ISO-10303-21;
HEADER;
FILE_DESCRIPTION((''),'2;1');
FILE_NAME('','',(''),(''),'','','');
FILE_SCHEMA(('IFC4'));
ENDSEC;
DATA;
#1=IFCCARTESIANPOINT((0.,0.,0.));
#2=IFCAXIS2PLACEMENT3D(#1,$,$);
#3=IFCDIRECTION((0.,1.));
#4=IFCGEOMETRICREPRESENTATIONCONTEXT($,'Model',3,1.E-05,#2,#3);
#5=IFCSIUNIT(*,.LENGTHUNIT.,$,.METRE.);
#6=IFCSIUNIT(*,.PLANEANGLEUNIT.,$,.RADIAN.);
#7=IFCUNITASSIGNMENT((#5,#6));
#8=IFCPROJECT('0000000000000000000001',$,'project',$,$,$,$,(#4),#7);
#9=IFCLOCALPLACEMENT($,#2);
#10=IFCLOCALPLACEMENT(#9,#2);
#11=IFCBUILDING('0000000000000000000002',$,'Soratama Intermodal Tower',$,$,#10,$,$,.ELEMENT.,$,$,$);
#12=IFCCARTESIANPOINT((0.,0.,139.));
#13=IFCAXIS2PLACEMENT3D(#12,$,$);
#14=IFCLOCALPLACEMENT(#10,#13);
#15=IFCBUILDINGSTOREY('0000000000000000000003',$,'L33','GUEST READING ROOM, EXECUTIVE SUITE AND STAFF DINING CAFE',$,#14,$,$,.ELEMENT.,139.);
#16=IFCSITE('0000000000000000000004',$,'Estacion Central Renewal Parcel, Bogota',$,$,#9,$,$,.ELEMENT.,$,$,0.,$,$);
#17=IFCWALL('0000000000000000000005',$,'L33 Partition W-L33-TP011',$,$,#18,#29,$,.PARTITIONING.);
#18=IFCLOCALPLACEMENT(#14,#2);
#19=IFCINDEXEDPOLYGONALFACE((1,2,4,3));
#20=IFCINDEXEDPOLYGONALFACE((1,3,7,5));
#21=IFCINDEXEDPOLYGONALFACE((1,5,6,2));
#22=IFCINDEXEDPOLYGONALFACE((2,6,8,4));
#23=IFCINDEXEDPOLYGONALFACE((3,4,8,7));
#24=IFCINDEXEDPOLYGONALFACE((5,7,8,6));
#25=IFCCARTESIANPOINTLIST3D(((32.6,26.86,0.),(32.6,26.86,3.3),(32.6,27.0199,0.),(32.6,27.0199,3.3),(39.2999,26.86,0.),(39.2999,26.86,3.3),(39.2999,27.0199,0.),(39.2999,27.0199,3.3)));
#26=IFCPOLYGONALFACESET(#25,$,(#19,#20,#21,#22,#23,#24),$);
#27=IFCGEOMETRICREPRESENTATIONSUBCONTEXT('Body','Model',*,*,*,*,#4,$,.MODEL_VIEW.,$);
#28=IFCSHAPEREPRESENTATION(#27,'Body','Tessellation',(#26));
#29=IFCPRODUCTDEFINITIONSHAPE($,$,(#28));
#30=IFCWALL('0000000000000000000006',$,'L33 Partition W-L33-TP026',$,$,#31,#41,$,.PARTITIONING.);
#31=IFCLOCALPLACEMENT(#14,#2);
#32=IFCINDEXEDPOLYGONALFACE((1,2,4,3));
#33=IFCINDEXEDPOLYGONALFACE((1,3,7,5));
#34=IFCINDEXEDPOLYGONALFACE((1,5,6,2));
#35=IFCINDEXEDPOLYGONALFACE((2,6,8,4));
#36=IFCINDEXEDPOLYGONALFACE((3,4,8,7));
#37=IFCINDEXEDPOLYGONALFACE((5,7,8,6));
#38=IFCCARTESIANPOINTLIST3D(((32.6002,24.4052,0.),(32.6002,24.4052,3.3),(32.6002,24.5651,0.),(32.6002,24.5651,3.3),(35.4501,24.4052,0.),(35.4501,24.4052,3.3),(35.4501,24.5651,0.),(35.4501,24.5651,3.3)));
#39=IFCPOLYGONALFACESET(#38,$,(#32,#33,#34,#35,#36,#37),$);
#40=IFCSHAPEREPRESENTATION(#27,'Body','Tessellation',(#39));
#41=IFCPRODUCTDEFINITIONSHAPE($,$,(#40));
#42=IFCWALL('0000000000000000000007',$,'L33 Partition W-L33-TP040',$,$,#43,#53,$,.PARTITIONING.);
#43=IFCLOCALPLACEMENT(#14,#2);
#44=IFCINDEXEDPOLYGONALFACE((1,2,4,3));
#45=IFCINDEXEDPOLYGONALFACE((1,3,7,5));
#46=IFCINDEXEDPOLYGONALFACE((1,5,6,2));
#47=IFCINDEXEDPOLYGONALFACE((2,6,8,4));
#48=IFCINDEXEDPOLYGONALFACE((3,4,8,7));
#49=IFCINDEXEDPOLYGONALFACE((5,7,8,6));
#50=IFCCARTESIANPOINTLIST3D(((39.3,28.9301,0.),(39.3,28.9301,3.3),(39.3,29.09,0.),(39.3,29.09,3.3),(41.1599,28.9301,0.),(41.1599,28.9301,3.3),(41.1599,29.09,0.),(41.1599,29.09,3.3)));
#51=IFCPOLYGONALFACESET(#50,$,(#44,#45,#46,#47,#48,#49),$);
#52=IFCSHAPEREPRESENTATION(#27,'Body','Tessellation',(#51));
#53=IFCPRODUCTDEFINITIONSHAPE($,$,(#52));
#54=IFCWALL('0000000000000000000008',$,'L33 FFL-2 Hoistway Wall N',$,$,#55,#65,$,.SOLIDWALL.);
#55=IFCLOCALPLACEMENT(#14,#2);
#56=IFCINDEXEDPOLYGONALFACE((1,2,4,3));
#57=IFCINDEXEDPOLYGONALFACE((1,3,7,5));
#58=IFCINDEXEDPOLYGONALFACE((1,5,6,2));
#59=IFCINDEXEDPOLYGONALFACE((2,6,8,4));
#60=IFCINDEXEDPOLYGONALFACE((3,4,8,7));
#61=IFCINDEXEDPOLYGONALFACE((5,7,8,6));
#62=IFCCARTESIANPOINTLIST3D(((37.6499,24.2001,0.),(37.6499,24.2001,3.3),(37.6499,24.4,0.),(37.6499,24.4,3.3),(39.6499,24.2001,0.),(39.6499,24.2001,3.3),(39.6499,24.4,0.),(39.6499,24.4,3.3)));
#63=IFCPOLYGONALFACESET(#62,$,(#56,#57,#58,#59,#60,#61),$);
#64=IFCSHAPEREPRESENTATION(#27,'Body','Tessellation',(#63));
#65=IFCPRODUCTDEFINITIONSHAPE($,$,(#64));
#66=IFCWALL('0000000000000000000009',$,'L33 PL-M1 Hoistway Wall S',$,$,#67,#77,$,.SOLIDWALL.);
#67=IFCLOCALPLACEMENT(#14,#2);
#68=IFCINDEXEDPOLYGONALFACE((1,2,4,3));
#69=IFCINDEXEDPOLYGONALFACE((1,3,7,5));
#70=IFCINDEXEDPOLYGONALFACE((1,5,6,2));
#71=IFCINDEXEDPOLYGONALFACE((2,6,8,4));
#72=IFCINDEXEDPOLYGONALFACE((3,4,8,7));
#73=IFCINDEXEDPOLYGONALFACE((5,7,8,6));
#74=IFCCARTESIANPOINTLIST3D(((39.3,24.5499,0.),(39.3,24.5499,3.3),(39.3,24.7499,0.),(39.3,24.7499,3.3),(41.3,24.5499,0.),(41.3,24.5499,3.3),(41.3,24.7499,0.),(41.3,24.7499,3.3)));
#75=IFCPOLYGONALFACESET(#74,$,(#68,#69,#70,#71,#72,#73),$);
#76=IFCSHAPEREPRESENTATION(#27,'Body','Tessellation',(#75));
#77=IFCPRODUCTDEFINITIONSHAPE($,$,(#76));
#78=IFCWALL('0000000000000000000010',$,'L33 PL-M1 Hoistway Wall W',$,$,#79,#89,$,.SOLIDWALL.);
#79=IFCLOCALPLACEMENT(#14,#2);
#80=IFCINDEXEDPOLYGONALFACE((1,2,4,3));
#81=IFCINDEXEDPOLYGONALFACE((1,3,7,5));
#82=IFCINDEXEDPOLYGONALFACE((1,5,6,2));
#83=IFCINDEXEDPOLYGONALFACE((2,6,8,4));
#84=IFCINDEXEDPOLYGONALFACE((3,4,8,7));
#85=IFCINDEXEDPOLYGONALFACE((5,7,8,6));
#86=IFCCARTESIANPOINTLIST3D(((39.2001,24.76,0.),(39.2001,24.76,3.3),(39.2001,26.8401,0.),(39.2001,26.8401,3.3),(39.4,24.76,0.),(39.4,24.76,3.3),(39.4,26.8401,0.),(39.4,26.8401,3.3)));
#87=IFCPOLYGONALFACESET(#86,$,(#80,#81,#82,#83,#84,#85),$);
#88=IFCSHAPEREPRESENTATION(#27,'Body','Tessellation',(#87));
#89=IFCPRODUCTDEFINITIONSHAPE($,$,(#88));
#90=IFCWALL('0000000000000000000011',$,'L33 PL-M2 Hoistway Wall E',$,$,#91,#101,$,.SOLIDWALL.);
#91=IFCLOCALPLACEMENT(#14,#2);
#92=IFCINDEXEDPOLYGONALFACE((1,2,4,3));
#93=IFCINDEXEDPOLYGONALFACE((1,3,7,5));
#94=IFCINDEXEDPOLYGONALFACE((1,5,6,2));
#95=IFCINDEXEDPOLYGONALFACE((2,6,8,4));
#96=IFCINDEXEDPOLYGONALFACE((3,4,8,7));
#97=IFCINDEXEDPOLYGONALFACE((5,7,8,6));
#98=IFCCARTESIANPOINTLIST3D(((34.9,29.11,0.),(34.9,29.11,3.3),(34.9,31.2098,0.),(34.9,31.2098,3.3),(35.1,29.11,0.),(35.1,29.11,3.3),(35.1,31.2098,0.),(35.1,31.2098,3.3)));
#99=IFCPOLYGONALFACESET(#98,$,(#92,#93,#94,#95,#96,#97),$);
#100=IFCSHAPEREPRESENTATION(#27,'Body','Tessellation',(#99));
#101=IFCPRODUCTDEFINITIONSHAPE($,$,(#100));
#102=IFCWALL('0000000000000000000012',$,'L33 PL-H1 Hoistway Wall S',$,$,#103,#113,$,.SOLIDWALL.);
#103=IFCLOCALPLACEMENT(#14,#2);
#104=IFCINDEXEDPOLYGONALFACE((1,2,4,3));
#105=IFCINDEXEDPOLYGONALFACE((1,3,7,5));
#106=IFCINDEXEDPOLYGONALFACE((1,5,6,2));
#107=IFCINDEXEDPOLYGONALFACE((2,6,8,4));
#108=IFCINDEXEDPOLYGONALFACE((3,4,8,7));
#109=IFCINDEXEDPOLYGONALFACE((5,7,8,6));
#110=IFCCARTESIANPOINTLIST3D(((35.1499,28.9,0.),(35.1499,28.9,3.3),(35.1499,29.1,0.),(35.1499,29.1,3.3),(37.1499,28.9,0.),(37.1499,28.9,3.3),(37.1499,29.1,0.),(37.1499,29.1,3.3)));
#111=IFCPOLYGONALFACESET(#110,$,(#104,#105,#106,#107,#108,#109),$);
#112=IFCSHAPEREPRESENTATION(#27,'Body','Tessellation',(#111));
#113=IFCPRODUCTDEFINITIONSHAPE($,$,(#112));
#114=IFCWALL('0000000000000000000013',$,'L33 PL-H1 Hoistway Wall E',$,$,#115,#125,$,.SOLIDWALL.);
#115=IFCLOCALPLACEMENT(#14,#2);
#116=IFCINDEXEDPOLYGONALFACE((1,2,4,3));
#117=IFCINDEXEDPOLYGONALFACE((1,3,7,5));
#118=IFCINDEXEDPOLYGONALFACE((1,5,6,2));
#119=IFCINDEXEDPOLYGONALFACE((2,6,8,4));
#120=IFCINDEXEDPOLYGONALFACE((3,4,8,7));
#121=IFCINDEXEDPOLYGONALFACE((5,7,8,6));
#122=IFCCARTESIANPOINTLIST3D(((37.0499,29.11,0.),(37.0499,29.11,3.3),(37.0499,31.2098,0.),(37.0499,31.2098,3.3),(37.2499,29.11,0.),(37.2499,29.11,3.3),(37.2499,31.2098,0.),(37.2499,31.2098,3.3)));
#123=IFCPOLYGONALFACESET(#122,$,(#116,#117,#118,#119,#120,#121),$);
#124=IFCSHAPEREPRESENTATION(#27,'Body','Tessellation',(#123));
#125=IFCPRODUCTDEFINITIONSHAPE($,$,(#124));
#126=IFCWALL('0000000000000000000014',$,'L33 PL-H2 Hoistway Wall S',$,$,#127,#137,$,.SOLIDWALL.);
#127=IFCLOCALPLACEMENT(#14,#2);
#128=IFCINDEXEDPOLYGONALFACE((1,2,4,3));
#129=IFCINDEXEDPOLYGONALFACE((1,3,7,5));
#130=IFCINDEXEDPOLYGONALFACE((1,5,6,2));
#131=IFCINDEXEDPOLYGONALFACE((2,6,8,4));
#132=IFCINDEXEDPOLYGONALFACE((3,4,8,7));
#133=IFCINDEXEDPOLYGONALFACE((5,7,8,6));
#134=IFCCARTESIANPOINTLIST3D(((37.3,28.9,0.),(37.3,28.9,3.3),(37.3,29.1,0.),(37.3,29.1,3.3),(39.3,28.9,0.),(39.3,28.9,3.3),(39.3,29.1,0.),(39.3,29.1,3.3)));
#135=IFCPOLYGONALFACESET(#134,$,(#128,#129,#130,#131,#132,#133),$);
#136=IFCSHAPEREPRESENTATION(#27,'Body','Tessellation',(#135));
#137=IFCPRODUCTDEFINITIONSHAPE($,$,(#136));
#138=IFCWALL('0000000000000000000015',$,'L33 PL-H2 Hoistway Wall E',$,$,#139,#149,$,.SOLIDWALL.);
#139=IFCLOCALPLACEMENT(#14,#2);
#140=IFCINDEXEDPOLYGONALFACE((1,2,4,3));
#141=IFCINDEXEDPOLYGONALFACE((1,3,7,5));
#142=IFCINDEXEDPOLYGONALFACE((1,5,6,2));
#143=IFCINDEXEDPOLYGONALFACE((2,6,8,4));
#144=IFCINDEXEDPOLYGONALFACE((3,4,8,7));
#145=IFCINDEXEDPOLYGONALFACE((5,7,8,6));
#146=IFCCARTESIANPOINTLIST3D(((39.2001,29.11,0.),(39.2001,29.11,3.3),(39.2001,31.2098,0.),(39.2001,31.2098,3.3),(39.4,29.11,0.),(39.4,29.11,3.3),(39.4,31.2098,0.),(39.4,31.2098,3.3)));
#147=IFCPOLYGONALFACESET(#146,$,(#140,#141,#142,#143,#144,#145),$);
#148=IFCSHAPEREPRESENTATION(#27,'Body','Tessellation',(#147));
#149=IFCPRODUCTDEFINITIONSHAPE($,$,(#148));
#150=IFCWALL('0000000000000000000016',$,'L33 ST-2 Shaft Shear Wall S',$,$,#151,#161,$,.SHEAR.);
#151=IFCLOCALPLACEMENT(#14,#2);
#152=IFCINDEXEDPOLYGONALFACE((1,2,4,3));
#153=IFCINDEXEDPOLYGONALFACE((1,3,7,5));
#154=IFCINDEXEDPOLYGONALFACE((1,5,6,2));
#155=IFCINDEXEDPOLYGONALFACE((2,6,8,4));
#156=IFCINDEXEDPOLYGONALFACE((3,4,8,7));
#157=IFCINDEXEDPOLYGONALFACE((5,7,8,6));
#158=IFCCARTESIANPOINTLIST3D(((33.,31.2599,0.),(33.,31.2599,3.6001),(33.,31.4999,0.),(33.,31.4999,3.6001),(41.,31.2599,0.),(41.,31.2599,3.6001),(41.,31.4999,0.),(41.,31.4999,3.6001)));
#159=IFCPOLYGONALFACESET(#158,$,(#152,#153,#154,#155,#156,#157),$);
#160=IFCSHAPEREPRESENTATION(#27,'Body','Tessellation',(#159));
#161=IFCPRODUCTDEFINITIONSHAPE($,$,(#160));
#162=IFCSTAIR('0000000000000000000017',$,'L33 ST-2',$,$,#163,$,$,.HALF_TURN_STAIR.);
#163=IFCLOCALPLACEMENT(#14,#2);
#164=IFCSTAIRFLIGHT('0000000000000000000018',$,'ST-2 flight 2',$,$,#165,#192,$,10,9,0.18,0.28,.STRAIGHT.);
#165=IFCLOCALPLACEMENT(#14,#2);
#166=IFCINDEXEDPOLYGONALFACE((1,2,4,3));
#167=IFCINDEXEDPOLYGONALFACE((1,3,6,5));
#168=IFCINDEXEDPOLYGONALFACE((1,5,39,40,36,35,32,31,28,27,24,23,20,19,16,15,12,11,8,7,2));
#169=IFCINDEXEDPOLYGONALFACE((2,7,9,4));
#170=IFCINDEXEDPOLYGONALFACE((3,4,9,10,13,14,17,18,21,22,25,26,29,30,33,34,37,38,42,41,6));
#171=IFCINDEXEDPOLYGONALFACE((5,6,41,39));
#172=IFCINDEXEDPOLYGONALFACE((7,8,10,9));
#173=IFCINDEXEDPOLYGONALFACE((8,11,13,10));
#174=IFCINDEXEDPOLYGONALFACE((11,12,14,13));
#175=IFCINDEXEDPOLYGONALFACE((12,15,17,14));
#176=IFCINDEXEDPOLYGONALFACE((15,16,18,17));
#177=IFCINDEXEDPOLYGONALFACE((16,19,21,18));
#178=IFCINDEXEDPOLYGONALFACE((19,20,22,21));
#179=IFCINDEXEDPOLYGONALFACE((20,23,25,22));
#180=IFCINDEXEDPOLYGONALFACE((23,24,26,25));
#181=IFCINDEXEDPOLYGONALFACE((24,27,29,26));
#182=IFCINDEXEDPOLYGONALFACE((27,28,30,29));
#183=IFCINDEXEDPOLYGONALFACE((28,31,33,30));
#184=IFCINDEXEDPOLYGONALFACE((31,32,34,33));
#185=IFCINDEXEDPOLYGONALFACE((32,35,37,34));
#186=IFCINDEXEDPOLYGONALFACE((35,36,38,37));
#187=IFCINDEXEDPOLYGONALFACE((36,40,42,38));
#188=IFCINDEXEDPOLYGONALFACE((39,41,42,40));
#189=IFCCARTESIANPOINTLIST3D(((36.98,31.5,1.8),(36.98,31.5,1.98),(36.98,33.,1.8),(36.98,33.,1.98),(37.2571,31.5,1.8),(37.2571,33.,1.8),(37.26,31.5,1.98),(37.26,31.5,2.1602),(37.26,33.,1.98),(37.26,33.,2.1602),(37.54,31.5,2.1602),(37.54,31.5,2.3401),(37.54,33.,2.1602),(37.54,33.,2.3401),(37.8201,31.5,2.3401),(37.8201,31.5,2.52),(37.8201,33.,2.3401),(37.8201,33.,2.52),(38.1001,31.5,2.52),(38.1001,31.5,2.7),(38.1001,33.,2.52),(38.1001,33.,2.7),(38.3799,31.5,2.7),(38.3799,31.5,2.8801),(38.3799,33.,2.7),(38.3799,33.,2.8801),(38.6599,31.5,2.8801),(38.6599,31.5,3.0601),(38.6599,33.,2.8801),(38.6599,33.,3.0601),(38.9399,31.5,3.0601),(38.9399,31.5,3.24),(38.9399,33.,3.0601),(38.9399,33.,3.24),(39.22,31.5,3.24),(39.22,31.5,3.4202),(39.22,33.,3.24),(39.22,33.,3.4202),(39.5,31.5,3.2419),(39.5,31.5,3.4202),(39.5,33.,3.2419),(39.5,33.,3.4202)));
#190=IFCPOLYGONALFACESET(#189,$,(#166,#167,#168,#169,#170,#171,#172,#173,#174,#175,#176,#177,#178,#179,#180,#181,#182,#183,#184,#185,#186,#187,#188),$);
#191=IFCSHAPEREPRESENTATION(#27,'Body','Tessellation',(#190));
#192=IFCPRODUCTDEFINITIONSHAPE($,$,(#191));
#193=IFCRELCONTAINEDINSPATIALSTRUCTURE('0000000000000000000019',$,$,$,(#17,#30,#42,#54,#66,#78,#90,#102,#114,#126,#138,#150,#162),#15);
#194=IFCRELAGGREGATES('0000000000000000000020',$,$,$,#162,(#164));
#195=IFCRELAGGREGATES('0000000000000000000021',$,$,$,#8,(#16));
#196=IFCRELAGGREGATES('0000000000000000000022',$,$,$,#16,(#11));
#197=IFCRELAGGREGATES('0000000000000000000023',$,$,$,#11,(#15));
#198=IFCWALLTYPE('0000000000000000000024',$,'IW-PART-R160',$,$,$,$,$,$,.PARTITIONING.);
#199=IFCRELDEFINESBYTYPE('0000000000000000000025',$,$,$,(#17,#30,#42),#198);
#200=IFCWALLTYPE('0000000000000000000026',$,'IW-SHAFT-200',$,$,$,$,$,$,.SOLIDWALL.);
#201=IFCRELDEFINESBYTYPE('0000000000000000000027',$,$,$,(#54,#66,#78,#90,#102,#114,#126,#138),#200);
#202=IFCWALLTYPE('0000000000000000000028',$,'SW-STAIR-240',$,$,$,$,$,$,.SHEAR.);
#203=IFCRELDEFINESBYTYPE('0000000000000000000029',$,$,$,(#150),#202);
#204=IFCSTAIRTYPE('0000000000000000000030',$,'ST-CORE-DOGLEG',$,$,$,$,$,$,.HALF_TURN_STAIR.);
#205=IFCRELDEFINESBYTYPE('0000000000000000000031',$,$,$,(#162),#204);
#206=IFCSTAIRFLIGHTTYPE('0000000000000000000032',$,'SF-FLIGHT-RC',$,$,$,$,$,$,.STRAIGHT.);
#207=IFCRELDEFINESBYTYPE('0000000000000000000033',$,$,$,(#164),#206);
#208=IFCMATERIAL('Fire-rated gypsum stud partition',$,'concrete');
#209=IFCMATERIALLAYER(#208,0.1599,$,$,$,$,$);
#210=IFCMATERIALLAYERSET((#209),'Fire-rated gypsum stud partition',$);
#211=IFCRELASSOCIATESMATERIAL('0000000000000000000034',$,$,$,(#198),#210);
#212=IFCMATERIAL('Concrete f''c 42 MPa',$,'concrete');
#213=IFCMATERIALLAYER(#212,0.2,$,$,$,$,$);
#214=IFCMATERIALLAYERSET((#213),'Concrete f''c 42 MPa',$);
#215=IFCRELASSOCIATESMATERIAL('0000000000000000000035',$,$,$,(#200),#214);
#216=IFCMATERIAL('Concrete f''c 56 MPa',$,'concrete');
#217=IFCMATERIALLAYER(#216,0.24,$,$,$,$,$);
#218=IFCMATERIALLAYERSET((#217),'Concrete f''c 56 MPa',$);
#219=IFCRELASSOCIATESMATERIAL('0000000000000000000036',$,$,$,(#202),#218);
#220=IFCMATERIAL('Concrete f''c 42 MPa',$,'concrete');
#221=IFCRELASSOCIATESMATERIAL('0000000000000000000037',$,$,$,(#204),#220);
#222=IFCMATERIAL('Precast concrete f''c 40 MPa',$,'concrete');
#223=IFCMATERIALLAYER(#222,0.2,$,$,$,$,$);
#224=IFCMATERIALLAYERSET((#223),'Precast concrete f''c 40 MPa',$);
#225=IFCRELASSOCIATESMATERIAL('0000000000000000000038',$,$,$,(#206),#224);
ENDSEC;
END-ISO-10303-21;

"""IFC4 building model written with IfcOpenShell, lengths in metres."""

from ifc_helpers import new_model, si_unit, direction, frame, frame_2d, origin, place, context, subcontext, project, spatial, polyline, rectangle, outline, extrude, material, layer, layer_set, type_object, element, aggregate, save


model = new_model("IFC4")

# Units and contexts
model_context = context("Model", 3, precision=1e-05, world=origin(), true_north=direction((0.0, 1.0)))
body_context = subcontext(model_context, "Body", "Model", "MODEL_VIEW")
ifc_project = project(units=[si_unit("LENGTHUNIT", "METRE"), si_unit("PLANEANGLEUNIT", "RADIAN")], contexts=[model_context])

# Site, building, storey
site_placement = place(None, origin())
site = spatial("IfcSite", under=ifc_project, at=site_placement, Name="Estacion Central Renewal Parcel, Bogota", CompositionType="ELEMENT", RefElevation=0.0)
building_placement = place(site_placement, origin())
building = spatial("IfcBuilding", under=site, at=building_placement, Name="Soratama Intermodal Tower", CompositionType="ELEMENT")
storey_placement = place(building_placement, frame((0.0, 0.0, 139.0)))
storey = spatial("IfcBuildingStorey", under=building, at=storey_placement, Name="L33", Description="GUEST READING ROOM, EXECUTIVE SUITE AND STAFF DINING CAFE", CompositionType="ELEMENT", Elevation=139.0)

# Walls
ifc_material_1 = material(Name="Fire-rated gypsum stud partition", Category="concrete")
ifc_layer_1 = layer(ifc_material_1, 0.1599)
ifc_layer_set_1 = layer_set([ifc_layer_1], Name="Fire-rated gypsum stud partition")
wall_type_1 = type_object("IfcWallType", Name="IW-PART-R160", PredefinedType="PARTITIONING", material=ifc_layer_set_1)
wall_1_placement = place(storey_placement, frame((39.3, 26.9399, 0.0), z_axis=(0.0, 0.0, 1.0), x_axis=(-1.0, 0.0, 0.0)))
element("IfcWall", 1, at=wall_1_placement, inside=storey, type_object=wall_type_1, Name="L33 Partition W-L33-TP011", PredefinedType="PARTITIONING", context=body_context, shape_type="SweptSolid", body=[
    extrude(rectangle(XDim=6.7, YDim=0.1599, at=frame_2d((3.3501, 0.0))), origin(), (0.0, 0.0, 1.0), 3.3),
])
wall_2_placement = place(storey_placement, frame((35.45, 24.4851, 0.0), z_axis=(0.0, 0.0, 1.0), x_axis=(-1.0, 0.0, 0.0)))
element("IfcWall", 2, at=wall_2_placement, inside=storey, type_object=wall_type_1, Name="L33 Partition W-L33-TP026", PredefinedType="PARTITIONING", context=body_context, shape_type="SweptSolid", body=[
    extrude(rectangle(XDim=2.8499, YDim=0.1599, at=frame_2d((1.4248, 0.0))), origin(), (0.0, 0.0, 1.0), 3.3),
])
wall_3_placement = place(storey_placement, frame((39.3, 29.01, 0.0), z_axis=(0.0, 0.0, 1.0), x_axis=(1.0, 0.0, 0.0)))
element("IfcWall", 3, at=wall_3_placement, inside=storey, type_object=wall_type_1, Name="L33 Partition W-L33-TP040", PredefinedType="PARTITIONING", context=body_context, shape_type="SweptSolid", body=[
    extrude(rectangle(XDim=1.8599, YDim=0.1599, at=frame_2d((0.9299, 0.0))), origin(), (0.0, 0.0, 1.0), 3.3),
])
ifc_material_2 = material(Name="Concrete f'c 42 MPa", Category="concrete")
ifc_layer_2 = layer(ifc_material_2, 0.2)
ifc_layer_set_2 = layer_set([ifc_layer_2], Name="Concrete f'c 42 MPa")
wall_type_2 = type_object("IfcWallType", Name="IW-SHAFT-200", PredefinedType="SOLIDWALL", material=ifc_layer_set_2)
for number, where, z_axis, x_axis, name in (
    (4, (37.6499, 24.3, 0.0), (0.0, 0.0, 1.0), (1.0, 0.0, 0.0), "L33 FFL-2 Hoistway Wall N"),
    (5, (39.3, 24.6499, 0.0), (0.0, 0.0, 1.0), (1.0, 0.0, 0.0), "L33 PL-M1 Hoistway Wall S"),
):
    element("IfcWall", number, at=place(storey_placement, frame(where, z_axis=z_axis, x_axis=x_axis)), inside=storey, type_object=wall_type_2, Name=name, PredefinedType="SOLIDWALL", context=body_context, shape_type="SweptSolid", body=[
        extrude(rectangle(XDim=2.0, YDim=0.2, at=frame_2d((1.0, 0.0))), origin(), (0.0, 0.0, 1.0), 3.3),
    ])

# Walls
wall_4_placement = place(storey_placement, frame((39.3, 24.76, 0.0), z_axis=(0.0, 0.0, 1.0), x_axis=(0.0, 1.0, 0.0)))
element("IfcWall", 6, at=wall_4_placement, inside=storey, type_object=wall_type_2, Name="L33 PL-M1 Hoistway Wall W", PredefinedType="SOLIDWALL", context=body_context, shape_type="SweptSolid", body=[
    extrude(rectangle(XDim=2.0801, YDim=0.2, at=frame_2d((1.04, 0.0))), origin(), (0.0, 0.0, 1.0), 3.3),
])
wall_5_placement = place(storey_placement, frame((35.0, 29.1101, 0.0), z_axis=(0.0, 0.0, 1.0), x_axis=(0.0, 1.0, 0.0)))
element("IfcWall", 7, at=wall_5_placement, inside=storey, type_object=wall_type_2, Name="L33 PL-M2 Hoistway Wall E", PredefinedType="SOLIDWALL", context=body_context, shape_type="SweptSolid", body=[
    extrude(rectangle(XDim=2.0999, YDim=0.2, at=frame_2d((1.0498, 0.0))), origin(), (0.0, 0.0, 1.0), 3.3),
])
wall_6_placement = place(storey_placement, frame((35.1499, 29.0, 0.0), z_axis=(0.0, 0.0, 1.0), x_axis=(1.0, 0.0, 0.0)))
element("IfcWall", 8, at=wall_6_placement, inside=storey, type_object=wall_type_2, Name="L33 PL-H1 Hoistway Wall S", PredefinedType="SOLIDWALL", context=body_context, shape_type="SweptSolid", body=[
    extrude(rectangle(XDim=2.0, YDim=0.2, at=frame_2d((1.0, 0.0))), origin(), (0.0, 0.0, 1.0), 3.3),
])
wall_7_placement = place(storey_placement, frame((37.1499, 29.1101, 0.0), z_axis=(0.0, 0.0, 1.0), x_axis=(0.0, 1.0, 0.0)))
element("IfcWall", 9, at=wall_7_placement, inside=storey, type_object=wall_type_2, Name="L33 PL-H1 Hoistway Wall E", PredefinedType="SOLIDWALL", context=body_context, shape_type="SweptSolid", body=[
    extrude(rectangle(XDim=2.0999, YDim=0.2, at=frame_2d((1.0498, 0.0))), origin(), (0.0, 0.0, 1.0), 3.3),
])
wall_8_placement = place(storey_placement, frame((37.3, 29.0, 0.0), z_axis=(0.0, 0.0, 1.0), x_axis=(1.0, 0.0, 0.0)))
element("IfcWall", 10, at=wall_8_placement, inside=storey, type_object=wall_type_2, Name="L33 PL-H2 Hoistway Wall S", PredefinedType="SOLIDWALL", context=body_context, shape_type="SweptSolid", body=[
    extrude(rectangle(XDim=2.0, YDim=0.2, at=frame_2d((1.0, 0.0))), origin(), (0.0, 0.0, 1.0), 3.3),
])
wall_9_placement = place(storey_placement, frame((39.3, 29.1101, 0.0), z_axis=(0.0, 0.0, 1.0), x_axis=(0.0, 1.0, 0.0)))
element("IfcWall", 11, at=wall_9_placement, inside=storey, type_object=wall_type_2, Name="L33 PL-H2 Hoistway Wall E", PredefinedType="SOLIDWALL", context=body_context, shape_type="SweptSolid", body=[
    extrude(rectangle(XDim=2.0999, YDim=0.2, at=frame_2d((1.0498, 0.0))), origin(), (0.0, 0.0, 1.0), 3.3),
])
ifc_material_3 = material(Name="Concrete f'c 56 MPa", Category="concrete")
ifc_layer_3 = layer(ifc_material_3, 0.24)
ifc_layer_set_3 = layer_set([ifc_layer_3], Name="Concrete f'c 56 MPa")
wall_type_3 = type_object("IfcWallType", Name="SW-STAIR-240", PredefinedType="SHEAR", material=ifc_layer_set_3)
wall_10_placement = place(storey_placement, frame((33.0, 31.3799, 0.0), z_axis=(0.0, 0.0, 1.0), x_axis=(1.0, 0.0, 0.0)))
element("IfcWall", 12, at=wall_10_placement, inside=storey, type_object=wall_type_3, Name="L33 ST-2 Shaft Shear Wall S", PredefinedType="SHEAR", context=body_context, shape_type="SweptSolid", body=[
    extrude(rectangle(XDim=8.0, YDim=0.24, at=frame_2d((4.0, 0.0))), origin(), (0.0, 0.0, 1.0), 3.6001),
])

# Stair, stair flight
ifc_material_4 = material(Name="Concrete f'c 42 MPa", Category="concrete")
stair_type = type_object("IfcStairType", Name="ST-CORE-DOGLEG", PredefinedType="HALF_TURN_STAIR", material=ifc_material_4)
stair_placement = place(storey_placement, origin())
stair = element("IfcStair", 13, at=stair_placement, inside=storey, type_object=stair_type, Name="L33 ST-2", PredefinedType="HALF_TURN_STAIR")
ifc_material_5 = material(Name="Precast concrete f'c 40 MPa", Category="concrete")
ifc_layer_4 = layer(ifc_material_5, 0.2)
ifc_layer_set_4 = layer_set([ifc_layer_4], Name="Precast concrete f'c 40 MPa")
stair_flight_type = type_object("IfcStairFlightType", Name="SF-FLIGHT-RC", PredefinedType="STRAIGHT", material=ifc_layer_set_4)
stair_flight_placement = place(storey_placement, frame((36.98, 32.25, 1.8), z_axis=(0.0, 0.0, 1.0), x_axis=(1.0, 0.0, 0.0)))
stair_flight = element("IfcStairFlight", 14, at=stair_flight_placement, type_object=stair_flight_type, Name="ST-2 flight 2", NumberOfRisers=10, NumberOfTreads=9, PredefinedType="STRAIGHT", RiserHeight=0.18, TreadLength=0.28, context=body_context, shape_type="SweptSolid", body=[
    extrude(outline(polyline([(0.0, 0.0), (0.0, 0.1799), (0.28, 0.1799), (0.28, 0.3601), (0.5601, 0.3601), (0.5601, 0.54), (0.8401, 0.54), (0.8401, 0.72), (1.1201, 0.72), (1.1201, 0.8999), (1.3999, 0.8999), (1.3999, 1.0801), (1.6799, 1.0801), (1.6799, 1.26), (1.96, 1.26), (1.96, 1.4399), (2.24, 1.4399), (2.24, 1.6201), (2.52, 1.6201), (2.52, 1.8), (2.52, 1.4419), (0.2771, 0.0), (0.0, 0.0)])), frame((0.0, 0.75, 0.0), z_axis=(0.0, -1.0, 0.0), x_axis=(1.0, 0.0, 0.0)), (0.0, 0.0, 1.0), 1.5),
])
aggregate(stair, [stair_flight])

save(model, "model.ifc")
